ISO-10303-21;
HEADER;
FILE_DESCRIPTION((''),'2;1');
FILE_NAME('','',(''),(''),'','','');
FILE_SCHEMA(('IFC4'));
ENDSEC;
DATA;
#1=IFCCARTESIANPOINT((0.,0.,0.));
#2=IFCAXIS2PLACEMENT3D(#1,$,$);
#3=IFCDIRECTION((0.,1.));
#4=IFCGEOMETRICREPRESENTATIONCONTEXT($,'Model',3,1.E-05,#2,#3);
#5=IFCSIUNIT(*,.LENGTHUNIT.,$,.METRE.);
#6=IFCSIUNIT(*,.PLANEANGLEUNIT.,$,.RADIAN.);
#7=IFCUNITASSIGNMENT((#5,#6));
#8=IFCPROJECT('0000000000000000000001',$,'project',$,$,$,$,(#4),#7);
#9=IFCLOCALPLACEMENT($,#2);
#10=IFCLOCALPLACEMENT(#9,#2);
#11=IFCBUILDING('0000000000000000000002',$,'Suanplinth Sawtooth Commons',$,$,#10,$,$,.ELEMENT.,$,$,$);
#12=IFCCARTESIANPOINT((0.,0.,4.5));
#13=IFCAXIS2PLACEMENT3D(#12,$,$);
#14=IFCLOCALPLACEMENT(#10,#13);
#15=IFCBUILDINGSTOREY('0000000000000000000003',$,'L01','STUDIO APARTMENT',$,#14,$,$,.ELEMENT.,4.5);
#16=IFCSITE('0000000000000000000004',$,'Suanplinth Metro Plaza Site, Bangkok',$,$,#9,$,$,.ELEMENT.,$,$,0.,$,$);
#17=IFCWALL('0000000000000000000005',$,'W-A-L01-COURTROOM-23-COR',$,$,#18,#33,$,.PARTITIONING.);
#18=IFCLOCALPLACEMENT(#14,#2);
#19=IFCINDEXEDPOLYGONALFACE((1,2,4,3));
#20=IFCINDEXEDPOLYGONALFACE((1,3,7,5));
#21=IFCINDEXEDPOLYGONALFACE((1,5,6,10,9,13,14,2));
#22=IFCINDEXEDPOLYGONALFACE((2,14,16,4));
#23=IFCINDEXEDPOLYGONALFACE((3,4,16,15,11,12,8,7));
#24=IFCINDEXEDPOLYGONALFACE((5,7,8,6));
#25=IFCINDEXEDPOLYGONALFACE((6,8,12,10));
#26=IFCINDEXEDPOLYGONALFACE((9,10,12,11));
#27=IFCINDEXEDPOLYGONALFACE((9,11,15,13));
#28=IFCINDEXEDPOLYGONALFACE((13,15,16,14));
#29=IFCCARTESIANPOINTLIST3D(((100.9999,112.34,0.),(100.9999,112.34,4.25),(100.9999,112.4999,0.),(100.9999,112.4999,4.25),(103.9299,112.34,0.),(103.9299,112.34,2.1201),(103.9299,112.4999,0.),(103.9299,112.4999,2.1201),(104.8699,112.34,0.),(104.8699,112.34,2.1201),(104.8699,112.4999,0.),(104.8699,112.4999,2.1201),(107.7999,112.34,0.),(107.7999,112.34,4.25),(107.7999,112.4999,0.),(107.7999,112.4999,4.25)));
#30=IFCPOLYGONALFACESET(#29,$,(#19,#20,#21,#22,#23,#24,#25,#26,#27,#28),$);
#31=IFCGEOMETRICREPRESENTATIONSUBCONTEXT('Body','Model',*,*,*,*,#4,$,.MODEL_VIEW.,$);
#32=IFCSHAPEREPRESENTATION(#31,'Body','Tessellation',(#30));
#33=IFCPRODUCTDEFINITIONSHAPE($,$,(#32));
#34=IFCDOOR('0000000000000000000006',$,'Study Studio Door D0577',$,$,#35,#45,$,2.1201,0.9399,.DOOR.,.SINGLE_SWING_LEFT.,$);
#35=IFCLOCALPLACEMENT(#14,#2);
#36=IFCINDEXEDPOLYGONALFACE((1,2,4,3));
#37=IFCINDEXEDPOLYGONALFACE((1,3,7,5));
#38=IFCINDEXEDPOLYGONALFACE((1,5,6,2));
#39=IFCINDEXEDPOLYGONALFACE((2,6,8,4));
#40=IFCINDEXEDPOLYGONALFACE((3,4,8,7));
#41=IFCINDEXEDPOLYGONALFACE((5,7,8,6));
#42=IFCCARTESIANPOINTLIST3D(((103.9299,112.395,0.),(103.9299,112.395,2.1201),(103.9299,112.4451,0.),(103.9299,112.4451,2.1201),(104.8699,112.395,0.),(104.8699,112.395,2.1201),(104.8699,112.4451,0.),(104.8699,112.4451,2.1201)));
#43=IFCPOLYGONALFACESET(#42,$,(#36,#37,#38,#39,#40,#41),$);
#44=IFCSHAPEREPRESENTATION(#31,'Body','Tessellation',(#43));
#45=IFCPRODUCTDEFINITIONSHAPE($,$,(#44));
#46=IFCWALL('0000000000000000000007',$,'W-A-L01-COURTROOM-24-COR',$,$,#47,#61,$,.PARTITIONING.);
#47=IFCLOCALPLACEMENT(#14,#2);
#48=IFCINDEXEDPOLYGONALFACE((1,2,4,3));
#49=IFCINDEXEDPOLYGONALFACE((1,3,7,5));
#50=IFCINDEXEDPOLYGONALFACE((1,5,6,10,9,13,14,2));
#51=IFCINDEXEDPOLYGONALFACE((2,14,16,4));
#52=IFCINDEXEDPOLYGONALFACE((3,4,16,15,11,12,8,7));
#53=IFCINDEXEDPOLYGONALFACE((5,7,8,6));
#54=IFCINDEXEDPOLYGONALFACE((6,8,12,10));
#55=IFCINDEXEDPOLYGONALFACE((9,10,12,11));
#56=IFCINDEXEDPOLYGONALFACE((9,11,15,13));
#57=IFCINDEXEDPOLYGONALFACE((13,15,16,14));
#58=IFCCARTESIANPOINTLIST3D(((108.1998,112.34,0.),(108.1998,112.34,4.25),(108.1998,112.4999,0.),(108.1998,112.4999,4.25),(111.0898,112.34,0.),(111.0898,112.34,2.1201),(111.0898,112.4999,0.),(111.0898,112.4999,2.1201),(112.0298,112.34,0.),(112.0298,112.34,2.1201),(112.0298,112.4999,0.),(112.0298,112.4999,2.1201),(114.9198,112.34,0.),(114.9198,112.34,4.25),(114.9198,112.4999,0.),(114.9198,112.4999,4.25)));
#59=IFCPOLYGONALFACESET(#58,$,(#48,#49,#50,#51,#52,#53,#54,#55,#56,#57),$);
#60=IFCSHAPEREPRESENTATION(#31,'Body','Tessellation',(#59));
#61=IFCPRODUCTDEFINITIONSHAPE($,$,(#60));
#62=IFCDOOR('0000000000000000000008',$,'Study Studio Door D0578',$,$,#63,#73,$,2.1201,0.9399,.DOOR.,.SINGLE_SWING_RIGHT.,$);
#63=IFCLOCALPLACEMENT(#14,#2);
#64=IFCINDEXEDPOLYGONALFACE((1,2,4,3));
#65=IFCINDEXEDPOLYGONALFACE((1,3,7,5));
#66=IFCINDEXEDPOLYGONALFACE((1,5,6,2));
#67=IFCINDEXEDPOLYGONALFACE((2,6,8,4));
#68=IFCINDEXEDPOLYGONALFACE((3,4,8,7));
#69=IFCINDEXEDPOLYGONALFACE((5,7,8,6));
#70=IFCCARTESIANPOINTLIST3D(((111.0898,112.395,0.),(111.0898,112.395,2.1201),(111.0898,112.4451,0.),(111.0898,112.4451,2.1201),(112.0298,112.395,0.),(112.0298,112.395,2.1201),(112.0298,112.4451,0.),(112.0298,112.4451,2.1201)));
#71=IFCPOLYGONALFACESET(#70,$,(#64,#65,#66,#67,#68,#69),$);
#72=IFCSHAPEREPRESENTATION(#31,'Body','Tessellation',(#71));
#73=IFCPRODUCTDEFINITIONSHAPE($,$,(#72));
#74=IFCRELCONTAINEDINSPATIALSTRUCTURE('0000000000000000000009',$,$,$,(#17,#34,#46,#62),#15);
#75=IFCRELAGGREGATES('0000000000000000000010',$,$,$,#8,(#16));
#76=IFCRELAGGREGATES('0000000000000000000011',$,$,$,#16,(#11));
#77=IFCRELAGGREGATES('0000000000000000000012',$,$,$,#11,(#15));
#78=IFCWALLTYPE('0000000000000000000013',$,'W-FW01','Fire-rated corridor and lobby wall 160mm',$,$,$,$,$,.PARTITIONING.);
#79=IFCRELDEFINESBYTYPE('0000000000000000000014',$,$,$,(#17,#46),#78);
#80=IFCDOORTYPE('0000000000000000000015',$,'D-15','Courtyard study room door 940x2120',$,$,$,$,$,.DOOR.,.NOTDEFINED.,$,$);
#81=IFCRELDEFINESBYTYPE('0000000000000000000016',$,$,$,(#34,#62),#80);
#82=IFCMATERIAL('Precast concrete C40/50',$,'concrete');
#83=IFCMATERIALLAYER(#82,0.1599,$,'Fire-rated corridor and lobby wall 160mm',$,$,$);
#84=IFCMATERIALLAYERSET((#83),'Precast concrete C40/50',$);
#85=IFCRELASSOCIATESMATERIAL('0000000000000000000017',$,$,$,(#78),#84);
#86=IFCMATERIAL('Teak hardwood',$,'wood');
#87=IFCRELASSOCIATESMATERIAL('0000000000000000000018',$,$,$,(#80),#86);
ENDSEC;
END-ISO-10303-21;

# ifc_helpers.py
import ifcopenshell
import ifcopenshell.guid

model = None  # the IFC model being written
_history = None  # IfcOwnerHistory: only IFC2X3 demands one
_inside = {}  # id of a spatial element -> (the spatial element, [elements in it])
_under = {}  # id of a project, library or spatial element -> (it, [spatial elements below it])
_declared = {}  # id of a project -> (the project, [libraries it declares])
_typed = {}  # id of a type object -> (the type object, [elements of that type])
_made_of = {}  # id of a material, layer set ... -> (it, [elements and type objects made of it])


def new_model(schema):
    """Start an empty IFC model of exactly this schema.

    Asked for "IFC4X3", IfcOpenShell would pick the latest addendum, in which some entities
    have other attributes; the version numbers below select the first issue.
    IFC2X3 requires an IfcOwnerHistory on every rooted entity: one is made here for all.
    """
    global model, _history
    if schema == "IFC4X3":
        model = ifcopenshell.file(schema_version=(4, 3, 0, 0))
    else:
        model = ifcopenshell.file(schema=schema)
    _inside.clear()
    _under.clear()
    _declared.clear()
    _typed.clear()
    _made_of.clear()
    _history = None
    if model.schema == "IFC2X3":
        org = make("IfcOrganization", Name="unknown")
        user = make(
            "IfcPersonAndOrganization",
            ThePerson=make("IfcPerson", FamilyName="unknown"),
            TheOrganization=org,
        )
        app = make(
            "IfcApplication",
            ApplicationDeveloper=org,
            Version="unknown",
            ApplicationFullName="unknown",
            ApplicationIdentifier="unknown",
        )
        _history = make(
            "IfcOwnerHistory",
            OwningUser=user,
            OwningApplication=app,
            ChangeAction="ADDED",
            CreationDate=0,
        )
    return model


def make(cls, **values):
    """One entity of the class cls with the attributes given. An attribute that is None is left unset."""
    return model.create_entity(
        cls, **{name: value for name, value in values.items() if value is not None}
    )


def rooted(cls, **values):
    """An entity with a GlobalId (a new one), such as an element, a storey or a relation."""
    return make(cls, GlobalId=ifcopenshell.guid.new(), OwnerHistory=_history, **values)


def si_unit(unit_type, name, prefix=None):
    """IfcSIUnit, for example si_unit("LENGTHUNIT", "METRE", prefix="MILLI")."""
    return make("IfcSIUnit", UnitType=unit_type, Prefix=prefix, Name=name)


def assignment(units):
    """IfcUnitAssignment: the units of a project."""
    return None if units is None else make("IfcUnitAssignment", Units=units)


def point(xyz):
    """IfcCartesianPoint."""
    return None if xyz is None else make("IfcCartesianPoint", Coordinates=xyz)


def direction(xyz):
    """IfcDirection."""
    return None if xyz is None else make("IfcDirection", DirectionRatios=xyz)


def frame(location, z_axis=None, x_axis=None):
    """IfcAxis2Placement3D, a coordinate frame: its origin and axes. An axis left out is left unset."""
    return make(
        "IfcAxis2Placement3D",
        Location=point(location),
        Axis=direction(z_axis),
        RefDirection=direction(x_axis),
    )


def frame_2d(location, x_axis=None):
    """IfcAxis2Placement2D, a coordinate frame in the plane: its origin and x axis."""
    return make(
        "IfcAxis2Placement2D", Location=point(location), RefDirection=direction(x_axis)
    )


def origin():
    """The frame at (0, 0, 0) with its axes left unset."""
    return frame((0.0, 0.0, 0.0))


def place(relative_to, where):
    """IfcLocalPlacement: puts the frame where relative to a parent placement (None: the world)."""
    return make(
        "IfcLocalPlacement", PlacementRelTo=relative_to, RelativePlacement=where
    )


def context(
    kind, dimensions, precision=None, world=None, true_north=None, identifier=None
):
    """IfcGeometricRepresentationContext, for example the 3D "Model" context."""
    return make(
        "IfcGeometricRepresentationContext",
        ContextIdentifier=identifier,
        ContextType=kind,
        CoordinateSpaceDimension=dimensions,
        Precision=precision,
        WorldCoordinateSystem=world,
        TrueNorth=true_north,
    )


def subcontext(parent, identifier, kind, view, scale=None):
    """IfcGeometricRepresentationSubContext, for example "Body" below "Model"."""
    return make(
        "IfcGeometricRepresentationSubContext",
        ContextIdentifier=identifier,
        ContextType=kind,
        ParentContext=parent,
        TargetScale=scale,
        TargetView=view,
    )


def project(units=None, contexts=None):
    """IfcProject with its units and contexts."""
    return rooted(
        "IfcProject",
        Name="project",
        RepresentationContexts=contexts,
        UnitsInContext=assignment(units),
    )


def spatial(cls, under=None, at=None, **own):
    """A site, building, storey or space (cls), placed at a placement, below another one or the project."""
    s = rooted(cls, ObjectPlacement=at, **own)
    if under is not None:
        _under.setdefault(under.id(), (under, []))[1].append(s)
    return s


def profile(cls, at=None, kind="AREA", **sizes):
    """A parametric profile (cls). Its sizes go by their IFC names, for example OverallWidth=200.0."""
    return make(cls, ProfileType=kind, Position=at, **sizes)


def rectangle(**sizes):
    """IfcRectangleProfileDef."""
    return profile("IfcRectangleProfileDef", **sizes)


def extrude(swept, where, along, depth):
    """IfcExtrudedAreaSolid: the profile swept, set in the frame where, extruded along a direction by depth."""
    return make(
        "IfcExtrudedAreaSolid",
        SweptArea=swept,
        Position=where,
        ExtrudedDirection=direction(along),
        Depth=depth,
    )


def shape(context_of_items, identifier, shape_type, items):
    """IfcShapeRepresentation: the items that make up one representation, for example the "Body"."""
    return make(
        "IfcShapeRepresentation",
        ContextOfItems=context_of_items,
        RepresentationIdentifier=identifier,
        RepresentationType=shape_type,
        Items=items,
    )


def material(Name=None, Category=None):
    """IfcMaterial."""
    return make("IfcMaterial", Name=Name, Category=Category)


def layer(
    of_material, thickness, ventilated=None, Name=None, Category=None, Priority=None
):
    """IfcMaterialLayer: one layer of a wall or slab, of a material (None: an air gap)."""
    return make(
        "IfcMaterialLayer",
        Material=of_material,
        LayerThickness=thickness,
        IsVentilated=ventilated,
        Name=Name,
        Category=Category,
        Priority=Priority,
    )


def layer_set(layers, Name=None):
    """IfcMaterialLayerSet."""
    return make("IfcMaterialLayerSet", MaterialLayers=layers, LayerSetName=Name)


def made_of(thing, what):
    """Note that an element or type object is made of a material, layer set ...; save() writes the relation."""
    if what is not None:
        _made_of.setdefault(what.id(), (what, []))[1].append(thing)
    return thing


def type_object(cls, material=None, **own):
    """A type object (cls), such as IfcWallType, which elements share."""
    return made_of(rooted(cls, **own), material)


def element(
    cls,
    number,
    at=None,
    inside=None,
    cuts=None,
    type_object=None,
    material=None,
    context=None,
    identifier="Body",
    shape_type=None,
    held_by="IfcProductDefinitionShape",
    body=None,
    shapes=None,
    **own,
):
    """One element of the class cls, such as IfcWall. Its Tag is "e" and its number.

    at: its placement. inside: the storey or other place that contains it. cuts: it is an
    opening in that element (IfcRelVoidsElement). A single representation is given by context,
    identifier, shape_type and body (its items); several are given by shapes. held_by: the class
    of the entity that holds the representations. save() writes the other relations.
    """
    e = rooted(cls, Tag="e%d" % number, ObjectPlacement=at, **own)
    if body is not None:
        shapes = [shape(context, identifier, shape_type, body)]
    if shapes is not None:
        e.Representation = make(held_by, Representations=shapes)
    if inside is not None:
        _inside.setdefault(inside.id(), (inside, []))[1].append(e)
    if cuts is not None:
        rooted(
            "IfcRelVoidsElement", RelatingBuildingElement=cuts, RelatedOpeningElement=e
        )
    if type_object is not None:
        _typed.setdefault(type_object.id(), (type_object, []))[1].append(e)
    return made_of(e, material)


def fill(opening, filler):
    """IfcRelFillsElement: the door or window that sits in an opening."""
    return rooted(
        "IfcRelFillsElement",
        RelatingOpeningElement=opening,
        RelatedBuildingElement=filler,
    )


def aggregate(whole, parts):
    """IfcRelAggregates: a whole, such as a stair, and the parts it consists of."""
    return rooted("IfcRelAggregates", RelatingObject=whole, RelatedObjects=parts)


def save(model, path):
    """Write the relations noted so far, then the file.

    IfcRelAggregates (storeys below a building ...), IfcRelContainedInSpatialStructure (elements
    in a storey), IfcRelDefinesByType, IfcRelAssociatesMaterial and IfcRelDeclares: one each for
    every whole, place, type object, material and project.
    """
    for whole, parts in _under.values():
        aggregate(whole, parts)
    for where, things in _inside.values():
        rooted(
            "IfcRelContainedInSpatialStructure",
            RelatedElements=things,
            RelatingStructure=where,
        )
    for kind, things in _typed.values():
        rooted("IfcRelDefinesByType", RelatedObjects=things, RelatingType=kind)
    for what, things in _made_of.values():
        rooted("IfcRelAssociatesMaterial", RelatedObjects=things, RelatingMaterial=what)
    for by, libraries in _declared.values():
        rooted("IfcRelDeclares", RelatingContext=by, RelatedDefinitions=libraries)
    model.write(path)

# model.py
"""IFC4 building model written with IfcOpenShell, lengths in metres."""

from ifc_helpers import new_model, si_unit, direction, frame, frame_2d, origin, place, context, subcontext, project, spatial, rectangle, extrude, material, layer, layer_set, type_object, element, fill, save


model = new_model("IFC4")

# Units and contexts
model_context = context("Model", 3, precision=1e-05, world=origin(), true_north=direction((0.0, 1.0)))
body_context = subcontext(model_context, "Body", "Model", "MODEL_VIEW")
ifc_project = project(units=[si_unit("LENGTHUNIT", "METRE"), si_unit("PLANEANGLEUNIT", "RADIAN")], contexts=[model_context])

# Site, building, storey
site_placement = place(None, origin())
site = spatial("IfcSite", under=ifc_project, at=site_placement, Name="Suanplinth Metro Plaza Site, Bangkok", CompositionType="ELEMENT", RefElevation=0.0)
building_placement = place(site_placement, origin())
building = spatial("IfcBuilding", under=site, at=building_placement, Name="Suanplinth Sawtooth Commons", CompositionType="ELEMENT")
storey_placement = place(building_placement, frame((0.0, 0.0, 4.5)))
storey = spatial("IfcBuildingStorey", under=building, at=storey_placement, Name="L01", Description="STUDIO APARTMENT", CompositionType="ELEMENT", Elevation=4.5)

# Shared definitions
ifc_material_1 = material(Name="Precast concrete C40/50", Category="concrete")

# Walls, openings, doors
ifc_layer_1 = layer(ifc_material_1, 0.1599, Name="Fire-rated corridor and lobby wall 160mm")
ifc_layer_set_1 = layer_set([ifc_layer_1], Name="Precast concrete C40/50")
wall_type_1 = type_object("IfcWallType", Name="W-FW01", Description="Fire-rated corridor and lobby wall 160mm", PredefinedType="PARTITIONING", material=ifc_layer_set_1)
ifc_material_2 = material(Name="Teak hardwood", Category="wood")
door_type_1 = type_object("IfcDoorType", Name="D-15", Description="Courtyard study room door 940x2120", OperationType="NOTDEFINED", PredefinedType="DOOR", material=ifc_material_2)
wall_1_placement = place(storey_placement, frame((101.0, 112.4199, 0.0), z_axis=(0.0, 0.0, 1.0), x_axis=(1.0, 0.0, 0.0)))
wall_1 = element("IfcWall", 1, at=wall_1_placement, inside=storey, type_object=wall_type_1, Name="W-A-L01-COURTROOM-23-COR", PredefinedType="PARTITIONING", context=body_context, shape_type="SweptSolid", body=[
    extrude(rectangle(XDim=6.8, YDim=0.1599, at=frame_2d((3.3999, 0.0))), origin(), (0.0, 0.0, 1.0), 4.25),
])
opening_1_placement = place(wall_1_placement, frame((2.9299, 0.0, 0.0)))
opening_1 = element("IfcOpeningElement", 2, at=opening_1_placement, cuts=wall_1, PredefinedType="OPENING", context=body_context, shape_type="SweptSolid", body=[
    extrude(rectangle(XDim=0.9399, YDim=2.1201, at=frame_2d((0.47, 1.0601))), frame((0.0, 0.0947, 0.0), z_axis=(0.0, -1.0, 0.0), x_axis=(1.0, 0.0, 0.0)), (0.0, 0.0, 1.0), 0.1897),
])
door_1_placement = place(opening_1_placement, frame((0.9399, 0.0, 0.0), z_axis=(0.0, 0.0, 1.0), x_axis=(-1.0, 0.0, 0.0)))
door_1 = element("IfcDoor", 3, at=door_1_placement, inside=storey, type_object=door_type_1, Name="Study Studio Door D0577", OperationType="SINGLE_SWING_LEFT", OverallHeight=2.1201, OverallWidth=0.9399, PredefinedType="DOOR", context=body_context, shape_type="SweptSolid", body=[
    extrude(rectangle(XDim=0.9399, YDim=2.1201, at=frame_2d((0.47, 1.0601))), frame((0.0, 0.0249, 0.0), z_axis=(0.0, -1.0, 0.0), x_axis=(1.0, 0.0, 0.0)), (0.0, 0.0, 1.0), 0.05),
])
fill(opening_1, door_1)
wall_2_placement = place(storey_placement, frame((108.2, 112.4199, 0.0), z_axis=(0.0, 0.0, 1.0), x_axis=(1.0, 0.0, 0.0)))
wall_2 = element("IfcWall", 4, at=wall_2_placement, inside=storey, type_object=wall_type_1, Name="W-A-L01-COURTROOM-24-COR", PredefinedType="PARTITIONING", context=body_context, shape_type="SweptSolid", body=[
    extrude(rectangle(XDim=6.72, YDim=0.1599, at=frame_2d((3.3599, 0.0))), origin(), (0.0, 0.0, 1.0), 4.25),
])
opening_2_placement = place(wall_2_placement, frame((2.8899, 0.0, 0.0)))
opening_2 = element("IfcOpeningElement", 5, at=opening_2_placement, cuts=wall_2, PredefinedType="OPENING", context=body_context, shape_type="SweptSolid", body=[
    extrude(rectangle(XDim=0.9399, YDim=2.1201, at=frame_2d((0.47, 1.0601))), frame((0.0, 0.0947, 0.0), z_axis=(0.0, -1.0, 0.0), x_axis=(1.0, 0.0, 0.0)), (0.0, 0.0, 1.0), 0.1897),
])
door_2_placement = place(opening_2_placement, frame((0.9399, 0.0, 0.0), z_axis=(0.0, 0.0, 1.0), x_axis=(-1.0, 0.0, 0.0)))
door_2 = element("IfcDoor", 6, at=door_2_placement, inside=storey, type_object=door_type_1, Name="Study Studio Door D0578", OperationType="SINGLE_SWING_RIGHT", OverallHeight=2.1201, OverallWidth=0.9399, PredefinedType="DOOR", context=body_context, shape_type="SweptSolid", body=[
    extrude(rectangle(XDim=0.9399, YDim=2.1201, at=frame_2d((0.47, 1.0601))), frame((0.0, 0.0249, 0.0), z_axis=(0.0, -1.0, 0.0), x_axis=(1.0, 0.0, 0.0)), (0.0, 0.0, 1.0), 0.05),
])
fill(opening_2, door_2)

save(model, "model.ifc")
